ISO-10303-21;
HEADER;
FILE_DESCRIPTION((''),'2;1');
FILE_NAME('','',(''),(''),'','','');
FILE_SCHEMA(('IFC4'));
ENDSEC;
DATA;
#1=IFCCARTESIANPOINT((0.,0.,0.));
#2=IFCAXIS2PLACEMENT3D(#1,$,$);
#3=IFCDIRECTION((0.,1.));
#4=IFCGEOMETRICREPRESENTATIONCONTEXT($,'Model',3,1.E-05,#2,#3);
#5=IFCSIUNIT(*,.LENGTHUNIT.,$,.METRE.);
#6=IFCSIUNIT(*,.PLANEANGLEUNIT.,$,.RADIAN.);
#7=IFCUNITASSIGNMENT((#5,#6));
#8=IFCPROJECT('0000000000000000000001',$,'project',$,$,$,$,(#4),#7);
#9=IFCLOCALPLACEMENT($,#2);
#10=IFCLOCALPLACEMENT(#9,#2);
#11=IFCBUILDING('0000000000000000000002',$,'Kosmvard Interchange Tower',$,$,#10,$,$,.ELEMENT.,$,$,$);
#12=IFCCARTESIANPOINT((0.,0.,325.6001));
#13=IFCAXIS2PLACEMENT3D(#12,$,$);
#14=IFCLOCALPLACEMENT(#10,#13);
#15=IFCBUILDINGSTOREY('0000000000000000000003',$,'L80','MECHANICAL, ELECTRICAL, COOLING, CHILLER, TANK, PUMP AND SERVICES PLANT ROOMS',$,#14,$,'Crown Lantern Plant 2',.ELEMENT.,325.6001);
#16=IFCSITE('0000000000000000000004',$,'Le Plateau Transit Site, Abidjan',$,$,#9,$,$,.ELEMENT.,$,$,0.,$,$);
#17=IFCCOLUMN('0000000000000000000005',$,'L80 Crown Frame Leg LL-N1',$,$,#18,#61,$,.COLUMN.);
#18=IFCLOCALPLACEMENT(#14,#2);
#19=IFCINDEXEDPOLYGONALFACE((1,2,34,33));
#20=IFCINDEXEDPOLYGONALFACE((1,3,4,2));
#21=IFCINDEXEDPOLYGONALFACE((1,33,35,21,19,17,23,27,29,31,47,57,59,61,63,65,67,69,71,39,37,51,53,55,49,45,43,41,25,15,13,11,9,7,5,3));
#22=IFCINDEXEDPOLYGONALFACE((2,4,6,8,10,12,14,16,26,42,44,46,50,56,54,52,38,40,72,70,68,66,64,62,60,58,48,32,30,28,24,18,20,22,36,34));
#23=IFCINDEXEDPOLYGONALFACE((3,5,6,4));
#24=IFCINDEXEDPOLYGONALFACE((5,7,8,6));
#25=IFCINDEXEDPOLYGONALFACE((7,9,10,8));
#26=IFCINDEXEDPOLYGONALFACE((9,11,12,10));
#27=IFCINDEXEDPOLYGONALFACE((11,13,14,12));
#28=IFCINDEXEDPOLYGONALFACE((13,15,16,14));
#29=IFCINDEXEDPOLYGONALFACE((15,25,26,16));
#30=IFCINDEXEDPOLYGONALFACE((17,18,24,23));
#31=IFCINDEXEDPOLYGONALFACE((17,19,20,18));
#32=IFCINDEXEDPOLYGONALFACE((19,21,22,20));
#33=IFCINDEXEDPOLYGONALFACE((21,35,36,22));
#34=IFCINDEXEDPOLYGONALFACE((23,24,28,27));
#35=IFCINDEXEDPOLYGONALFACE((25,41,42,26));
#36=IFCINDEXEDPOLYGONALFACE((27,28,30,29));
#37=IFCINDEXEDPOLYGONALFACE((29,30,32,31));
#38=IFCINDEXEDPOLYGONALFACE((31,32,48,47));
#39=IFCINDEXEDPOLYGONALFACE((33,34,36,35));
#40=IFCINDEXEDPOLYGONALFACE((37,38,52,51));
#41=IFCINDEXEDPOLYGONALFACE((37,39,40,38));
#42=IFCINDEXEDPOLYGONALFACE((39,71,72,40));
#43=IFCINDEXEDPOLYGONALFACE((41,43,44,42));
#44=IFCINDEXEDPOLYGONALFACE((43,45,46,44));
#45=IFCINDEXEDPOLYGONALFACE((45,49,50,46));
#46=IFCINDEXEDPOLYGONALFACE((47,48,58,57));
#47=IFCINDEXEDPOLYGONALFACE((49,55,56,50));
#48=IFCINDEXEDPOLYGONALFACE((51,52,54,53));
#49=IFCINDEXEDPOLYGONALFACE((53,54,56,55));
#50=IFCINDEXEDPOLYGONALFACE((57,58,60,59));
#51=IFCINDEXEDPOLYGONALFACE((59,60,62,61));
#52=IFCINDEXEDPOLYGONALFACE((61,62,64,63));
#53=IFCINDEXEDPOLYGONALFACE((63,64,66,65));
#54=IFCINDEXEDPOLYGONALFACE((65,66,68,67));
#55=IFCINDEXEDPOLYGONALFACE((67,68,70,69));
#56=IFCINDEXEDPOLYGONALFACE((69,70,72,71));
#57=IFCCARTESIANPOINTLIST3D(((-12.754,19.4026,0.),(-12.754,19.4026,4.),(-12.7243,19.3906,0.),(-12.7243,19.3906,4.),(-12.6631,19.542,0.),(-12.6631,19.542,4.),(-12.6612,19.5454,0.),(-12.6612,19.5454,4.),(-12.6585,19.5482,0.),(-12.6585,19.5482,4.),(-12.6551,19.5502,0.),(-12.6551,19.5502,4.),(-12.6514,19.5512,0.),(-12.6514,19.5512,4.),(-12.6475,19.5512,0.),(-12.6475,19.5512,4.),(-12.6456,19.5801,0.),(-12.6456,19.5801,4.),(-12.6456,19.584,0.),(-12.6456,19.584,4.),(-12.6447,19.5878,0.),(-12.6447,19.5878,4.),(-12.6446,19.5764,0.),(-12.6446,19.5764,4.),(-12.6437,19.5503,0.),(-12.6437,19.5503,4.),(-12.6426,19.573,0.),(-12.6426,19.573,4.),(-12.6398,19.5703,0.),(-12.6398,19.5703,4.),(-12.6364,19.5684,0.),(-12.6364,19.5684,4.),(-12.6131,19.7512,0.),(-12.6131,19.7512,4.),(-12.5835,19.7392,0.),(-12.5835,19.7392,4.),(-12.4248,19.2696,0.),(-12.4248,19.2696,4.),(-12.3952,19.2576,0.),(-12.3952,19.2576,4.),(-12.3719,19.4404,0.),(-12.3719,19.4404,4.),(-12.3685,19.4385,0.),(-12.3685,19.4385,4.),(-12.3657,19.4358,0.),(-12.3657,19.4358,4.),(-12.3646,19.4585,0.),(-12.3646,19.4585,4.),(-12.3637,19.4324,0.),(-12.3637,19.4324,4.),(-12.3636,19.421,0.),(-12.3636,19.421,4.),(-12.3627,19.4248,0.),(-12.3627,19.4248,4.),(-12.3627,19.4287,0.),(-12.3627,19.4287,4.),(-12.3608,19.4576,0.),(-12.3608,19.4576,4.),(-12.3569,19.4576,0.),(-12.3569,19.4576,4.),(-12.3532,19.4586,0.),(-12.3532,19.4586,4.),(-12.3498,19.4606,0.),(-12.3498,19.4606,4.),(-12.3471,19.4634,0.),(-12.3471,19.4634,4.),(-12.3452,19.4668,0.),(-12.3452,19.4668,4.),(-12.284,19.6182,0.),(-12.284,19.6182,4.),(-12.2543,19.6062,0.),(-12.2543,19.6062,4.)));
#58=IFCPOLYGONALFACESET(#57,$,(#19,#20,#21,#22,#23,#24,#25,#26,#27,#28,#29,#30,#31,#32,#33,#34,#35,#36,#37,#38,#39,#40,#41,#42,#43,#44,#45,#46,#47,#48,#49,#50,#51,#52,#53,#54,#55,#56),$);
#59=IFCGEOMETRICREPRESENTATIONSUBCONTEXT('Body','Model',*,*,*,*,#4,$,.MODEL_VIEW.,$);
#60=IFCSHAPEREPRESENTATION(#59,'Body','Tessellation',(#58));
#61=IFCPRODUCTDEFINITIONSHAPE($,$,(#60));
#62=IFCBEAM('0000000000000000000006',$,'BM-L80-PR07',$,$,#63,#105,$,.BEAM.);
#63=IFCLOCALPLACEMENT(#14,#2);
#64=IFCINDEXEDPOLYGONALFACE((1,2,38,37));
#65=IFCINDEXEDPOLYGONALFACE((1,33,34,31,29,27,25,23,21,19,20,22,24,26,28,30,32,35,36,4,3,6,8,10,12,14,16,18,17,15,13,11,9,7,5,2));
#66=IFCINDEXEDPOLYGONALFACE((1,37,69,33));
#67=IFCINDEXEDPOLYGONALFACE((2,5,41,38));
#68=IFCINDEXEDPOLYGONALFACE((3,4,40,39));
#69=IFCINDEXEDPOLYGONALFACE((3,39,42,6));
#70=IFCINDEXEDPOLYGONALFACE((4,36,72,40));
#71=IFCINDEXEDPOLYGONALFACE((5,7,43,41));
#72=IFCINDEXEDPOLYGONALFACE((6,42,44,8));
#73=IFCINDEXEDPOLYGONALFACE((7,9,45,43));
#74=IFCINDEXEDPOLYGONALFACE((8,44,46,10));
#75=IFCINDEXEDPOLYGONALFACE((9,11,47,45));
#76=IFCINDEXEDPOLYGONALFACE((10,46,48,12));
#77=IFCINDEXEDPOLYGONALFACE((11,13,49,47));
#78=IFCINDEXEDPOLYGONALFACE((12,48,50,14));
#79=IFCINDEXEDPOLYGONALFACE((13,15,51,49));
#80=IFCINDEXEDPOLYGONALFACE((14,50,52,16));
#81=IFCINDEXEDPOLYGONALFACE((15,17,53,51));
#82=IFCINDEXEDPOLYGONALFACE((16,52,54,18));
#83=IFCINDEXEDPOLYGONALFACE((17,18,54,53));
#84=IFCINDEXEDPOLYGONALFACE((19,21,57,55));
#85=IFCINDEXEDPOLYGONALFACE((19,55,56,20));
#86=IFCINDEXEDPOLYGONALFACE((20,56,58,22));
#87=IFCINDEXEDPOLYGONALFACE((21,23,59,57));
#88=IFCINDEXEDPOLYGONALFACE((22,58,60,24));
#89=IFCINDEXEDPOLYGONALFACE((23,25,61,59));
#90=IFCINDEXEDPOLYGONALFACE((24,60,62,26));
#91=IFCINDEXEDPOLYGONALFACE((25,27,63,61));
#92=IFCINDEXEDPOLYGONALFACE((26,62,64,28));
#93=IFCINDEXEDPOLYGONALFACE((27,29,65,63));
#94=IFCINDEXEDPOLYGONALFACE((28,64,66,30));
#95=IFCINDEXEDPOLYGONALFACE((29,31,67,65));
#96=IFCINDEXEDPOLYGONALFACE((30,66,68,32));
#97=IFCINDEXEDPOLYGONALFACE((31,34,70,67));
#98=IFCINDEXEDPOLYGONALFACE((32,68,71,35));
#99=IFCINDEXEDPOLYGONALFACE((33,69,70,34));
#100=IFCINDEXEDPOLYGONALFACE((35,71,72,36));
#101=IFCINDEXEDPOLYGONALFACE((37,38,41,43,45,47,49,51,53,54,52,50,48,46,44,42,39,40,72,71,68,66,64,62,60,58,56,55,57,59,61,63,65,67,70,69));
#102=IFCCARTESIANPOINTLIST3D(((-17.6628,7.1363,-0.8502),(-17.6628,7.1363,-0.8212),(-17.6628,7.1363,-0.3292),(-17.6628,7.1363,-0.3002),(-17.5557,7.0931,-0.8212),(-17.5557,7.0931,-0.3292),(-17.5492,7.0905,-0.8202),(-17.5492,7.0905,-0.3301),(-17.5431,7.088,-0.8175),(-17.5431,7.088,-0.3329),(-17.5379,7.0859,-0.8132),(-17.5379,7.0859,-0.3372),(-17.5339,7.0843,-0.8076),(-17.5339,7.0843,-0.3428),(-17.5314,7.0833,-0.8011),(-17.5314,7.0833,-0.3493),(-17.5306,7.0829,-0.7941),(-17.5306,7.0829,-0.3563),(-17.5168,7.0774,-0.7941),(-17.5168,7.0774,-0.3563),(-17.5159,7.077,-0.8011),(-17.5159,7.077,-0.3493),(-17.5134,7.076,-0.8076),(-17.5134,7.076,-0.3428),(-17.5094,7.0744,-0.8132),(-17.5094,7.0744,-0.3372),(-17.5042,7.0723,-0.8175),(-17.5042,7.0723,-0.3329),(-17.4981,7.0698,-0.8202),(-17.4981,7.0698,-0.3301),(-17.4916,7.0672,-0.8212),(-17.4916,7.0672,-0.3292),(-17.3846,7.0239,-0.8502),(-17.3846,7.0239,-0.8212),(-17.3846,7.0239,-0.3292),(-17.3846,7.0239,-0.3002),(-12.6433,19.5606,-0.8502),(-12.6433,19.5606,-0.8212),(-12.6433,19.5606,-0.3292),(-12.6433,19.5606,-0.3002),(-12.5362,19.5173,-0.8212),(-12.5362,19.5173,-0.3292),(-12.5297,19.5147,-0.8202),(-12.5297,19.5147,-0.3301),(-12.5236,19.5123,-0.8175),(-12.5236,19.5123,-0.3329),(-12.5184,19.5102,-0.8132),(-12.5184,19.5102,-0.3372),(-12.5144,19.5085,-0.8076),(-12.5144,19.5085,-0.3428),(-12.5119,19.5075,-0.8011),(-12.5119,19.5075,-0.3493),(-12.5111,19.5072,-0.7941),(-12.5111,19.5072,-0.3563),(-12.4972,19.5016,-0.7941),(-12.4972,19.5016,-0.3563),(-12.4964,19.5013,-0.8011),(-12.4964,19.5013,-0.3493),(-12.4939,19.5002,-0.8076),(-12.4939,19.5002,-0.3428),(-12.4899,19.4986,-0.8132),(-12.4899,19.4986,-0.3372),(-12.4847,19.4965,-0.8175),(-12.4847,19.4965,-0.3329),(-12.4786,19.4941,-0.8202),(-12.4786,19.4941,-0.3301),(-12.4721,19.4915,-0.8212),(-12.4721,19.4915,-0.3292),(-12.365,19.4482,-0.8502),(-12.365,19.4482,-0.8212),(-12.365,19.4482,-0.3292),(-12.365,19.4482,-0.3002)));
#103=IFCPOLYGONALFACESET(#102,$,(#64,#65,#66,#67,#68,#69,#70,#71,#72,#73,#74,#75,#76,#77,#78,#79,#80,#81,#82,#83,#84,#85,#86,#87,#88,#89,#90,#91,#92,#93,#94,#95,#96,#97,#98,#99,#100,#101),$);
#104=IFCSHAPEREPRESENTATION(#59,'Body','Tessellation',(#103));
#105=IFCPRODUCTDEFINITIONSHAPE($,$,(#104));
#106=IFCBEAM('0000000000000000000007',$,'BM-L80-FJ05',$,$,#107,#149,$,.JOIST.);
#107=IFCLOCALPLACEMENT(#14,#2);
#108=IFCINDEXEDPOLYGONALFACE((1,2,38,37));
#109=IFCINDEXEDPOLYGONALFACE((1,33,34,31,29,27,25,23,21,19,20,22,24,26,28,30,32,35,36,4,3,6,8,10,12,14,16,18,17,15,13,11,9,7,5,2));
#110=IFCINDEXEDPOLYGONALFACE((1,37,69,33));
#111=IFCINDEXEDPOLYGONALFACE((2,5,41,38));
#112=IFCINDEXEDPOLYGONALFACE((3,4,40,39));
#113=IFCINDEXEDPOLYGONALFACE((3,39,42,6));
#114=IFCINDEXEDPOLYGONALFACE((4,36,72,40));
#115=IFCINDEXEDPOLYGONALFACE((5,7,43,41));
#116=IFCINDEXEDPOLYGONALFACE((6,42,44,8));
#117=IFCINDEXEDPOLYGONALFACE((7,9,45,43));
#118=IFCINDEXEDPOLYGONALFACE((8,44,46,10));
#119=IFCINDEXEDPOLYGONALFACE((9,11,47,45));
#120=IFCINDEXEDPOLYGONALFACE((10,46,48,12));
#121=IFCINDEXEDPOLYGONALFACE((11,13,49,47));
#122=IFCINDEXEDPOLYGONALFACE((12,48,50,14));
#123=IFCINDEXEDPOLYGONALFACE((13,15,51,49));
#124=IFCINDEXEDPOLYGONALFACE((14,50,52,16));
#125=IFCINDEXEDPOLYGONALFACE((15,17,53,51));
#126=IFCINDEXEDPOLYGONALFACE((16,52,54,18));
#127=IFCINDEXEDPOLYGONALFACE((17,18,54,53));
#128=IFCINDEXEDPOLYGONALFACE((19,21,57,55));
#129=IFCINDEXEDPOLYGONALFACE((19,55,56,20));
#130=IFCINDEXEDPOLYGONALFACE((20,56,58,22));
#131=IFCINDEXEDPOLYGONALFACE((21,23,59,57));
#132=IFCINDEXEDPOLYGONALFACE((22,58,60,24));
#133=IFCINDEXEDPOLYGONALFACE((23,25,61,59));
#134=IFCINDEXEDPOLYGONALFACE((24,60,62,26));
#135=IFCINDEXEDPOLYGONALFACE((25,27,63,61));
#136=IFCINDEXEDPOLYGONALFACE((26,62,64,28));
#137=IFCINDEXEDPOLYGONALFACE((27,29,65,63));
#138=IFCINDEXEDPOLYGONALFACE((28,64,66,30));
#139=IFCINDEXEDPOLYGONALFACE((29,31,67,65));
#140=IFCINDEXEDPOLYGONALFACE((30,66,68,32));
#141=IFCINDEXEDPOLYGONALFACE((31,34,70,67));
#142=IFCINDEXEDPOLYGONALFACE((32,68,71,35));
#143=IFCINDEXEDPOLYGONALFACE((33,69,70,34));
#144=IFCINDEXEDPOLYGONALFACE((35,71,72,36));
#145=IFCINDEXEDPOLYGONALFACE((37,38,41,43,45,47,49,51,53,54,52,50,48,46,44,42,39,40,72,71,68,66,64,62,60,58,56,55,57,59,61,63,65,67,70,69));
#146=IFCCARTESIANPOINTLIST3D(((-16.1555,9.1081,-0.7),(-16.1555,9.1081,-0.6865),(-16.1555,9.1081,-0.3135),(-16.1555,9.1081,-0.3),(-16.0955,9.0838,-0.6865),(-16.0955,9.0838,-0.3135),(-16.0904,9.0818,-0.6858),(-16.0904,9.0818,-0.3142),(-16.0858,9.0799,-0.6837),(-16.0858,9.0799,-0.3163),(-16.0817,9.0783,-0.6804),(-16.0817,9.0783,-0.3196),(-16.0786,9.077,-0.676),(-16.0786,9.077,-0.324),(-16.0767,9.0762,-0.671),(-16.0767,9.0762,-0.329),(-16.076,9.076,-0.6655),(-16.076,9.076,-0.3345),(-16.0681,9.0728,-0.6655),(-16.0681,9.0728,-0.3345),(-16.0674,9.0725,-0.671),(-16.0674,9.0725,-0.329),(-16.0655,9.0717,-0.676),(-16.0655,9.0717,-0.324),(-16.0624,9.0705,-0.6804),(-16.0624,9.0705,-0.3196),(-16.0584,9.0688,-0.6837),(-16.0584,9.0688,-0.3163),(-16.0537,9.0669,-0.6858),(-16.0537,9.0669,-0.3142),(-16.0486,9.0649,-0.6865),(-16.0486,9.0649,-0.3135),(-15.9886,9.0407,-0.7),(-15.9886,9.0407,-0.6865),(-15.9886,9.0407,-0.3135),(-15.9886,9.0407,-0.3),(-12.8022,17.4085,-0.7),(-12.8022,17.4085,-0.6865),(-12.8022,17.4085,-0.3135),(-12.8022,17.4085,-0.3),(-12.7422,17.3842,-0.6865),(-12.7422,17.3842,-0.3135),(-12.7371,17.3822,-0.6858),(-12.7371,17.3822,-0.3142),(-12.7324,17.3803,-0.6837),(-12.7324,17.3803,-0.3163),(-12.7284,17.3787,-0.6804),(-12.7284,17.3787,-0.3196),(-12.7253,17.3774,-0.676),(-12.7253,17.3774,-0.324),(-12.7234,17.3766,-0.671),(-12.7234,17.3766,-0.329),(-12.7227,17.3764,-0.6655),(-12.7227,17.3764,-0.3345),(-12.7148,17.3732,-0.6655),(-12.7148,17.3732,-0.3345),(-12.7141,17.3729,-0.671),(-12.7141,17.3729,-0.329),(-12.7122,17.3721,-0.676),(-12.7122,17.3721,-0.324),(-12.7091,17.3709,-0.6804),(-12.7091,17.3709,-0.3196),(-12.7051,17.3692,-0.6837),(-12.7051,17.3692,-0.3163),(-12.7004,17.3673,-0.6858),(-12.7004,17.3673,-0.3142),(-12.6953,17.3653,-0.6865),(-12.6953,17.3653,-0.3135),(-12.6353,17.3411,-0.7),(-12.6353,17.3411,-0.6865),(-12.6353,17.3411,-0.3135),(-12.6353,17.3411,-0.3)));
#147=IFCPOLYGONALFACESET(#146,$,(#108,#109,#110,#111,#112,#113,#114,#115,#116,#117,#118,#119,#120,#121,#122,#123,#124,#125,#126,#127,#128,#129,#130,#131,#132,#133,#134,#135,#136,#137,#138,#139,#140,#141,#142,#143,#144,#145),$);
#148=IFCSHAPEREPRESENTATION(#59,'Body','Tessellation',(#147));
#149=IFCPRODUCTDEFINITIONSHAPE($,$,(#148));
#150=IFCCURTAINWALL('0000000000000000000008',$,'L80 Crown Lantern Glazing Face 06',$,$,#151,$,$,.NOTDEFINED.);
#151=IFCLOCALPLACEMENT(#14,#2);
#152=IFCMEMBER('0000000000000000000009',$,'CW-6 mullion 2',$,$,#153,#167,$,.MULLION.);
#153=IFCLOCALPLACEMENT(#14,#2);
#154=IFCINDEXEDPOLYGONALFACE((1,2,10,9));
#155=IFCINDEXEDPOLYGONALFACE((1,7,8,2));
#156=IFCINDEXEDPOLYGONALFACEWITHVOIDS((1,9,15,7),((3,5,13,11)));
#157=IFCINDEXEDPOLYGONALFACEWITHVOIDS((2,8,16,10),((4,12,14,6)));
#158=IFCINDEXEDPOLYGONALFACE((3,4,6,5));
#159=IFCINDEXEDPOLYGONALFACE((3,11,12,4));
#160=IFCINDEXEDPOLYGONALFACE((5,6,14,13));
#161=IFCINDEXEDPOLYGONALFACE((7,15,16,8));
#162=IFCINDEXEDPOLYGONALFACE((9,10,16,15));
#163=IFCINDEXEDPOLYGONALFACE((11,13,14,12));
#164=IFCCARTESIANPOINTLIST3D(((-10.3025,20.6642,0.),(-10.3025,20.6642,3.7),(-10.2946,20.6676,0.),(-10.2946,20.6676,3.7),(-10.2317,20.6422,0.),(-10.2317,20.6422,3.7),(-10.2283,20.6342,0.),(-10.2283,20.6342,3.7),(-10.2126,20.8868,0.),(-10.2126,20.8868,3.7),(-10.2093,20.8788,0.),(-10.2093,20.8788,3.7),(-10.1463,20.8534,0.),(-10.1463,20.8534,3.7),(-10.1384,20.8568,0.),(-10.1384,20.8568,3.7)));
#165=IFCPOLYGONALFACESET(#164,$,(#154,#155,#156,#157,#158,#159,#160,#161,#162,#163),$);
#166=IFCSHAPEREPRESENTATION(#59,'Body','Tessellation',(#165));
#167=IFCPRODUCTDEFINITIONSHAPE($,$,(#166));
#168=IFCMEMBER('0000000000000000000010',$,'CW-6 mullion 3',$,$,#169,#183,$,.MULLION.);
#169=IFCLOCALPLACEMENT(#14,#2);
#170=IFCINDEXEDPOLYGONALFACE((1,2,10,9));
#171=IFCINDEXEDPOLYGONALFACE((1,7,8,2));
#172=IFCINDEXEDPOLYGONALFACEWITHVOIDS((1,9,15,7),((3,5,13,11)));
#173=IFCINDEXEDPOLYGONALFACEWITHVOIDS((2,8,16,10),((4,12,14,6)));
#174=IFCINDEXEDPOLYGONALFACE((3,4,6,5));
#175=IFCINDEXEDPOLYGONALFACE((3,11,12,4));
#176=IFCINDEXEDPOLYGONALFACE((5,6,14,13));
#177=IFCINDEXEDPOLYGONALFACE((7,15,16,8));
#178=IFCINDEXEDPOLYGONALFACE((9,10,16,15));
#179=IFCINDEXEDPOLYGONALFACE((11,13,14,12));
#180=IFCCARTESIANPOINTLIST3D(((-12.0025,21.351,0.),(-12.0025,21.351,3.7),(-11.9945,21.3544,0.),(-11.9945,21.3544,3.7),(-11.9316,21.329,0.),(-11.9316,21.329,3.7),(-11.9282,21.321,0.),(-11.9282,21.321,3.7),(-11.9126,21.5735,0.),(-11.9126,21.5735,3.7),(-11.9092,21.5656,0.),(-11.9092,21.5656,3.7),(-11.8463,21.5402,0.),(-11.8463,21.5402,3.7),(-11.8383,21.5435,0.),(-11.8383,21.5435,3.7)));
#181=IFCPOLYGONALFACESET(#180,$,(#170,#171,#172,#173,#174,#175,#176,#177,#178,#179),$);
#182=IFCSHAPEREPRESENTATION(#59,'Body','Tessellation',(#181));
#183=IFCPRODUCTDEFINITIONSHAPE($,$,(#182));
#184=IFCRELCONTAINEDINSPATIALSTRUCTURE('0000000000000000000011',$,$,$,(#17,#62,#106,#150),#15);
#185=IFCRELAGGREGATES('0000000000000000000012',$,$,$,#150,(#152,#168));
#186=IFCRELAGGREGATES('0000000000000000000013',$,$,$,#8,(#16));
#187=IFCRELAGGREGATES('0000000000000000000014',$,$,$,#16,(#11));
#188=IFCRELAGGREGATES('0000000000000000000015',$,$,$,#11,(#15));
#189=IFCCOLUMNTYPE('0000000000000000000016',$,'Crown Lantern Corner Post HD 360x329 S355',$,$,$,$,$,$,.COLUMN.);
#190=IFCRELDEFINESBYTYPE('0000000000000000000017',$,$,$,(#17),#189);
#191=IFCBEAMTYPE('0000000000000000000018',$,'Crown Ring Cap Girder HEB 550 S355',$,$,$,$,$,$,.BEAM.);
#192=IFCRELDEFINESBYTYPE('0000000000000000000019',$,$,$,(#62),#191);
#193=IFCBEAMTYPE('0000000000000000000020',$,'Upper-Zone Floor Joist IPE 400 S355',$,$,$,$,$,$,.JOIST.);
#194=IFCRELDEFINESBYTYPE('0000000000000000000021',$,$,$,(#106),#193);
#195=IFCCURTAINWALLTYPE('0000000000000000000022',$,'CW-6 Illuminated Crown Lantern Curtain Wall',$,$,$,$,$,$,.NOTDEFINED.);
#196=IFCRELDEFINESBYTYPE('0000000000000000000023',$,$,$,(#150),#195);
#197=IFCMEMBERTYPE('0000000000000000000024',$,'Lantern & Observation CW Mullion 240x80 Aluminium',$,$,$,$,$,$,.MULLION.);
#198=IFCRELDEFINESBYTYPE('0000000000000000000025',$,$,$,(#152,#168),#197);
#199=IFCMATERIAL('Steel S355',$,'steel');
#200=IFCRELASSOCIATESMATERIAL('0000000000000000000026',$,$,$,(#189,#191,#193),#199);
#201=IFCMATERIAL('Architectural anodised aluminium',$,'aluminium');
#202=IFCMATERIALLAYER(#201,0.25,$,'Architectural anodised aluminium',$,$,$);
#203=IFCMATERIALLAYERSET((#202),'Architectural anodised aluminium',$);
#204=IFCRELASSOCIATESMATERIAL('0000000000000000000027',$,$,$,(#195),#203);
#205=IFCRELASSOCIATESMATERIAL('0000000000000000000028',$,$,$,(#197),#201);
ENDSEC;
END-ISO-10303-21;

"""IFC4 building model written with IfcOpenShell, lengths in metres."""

from ifc_helpers import new_model, si_unit, direction, frame, origin, origin_2d, place, context, subcontext, project, spatial, hollow_rectangle, i_section, extrude, source, transform, mapped, material, layer, layer_set, material_profile, profile_set, type_object, element, aggregate, save


model = new_model("IFC4")

# Units and contexts
model_context = context("Model", 3, precision=1e-05, world=origin(), true_north=direction((0.0, 1.0)))
body_context = subcontext(model_context, "Body", "Model", "MODEL_VIEW")
ifc_project = project(units=[si_unit("LENGTHUNIT", "METRE"), si_unit("PLANEANGLEUNIT", "RADIAN")], contexts=[model_context])

# Site, building, storey
site_placement = place(None, origin())
site = spatial("IfcSite", under=ifc_project, at=site_placement, Name="Le Plateau Transit Site, Abidjan", CompositionType="ELEMENT", RefElevation=0.0)
building_placement = place(site_placement, origin())
building = spatial("IfcBuilding", under=site, at=building_placement, Name="Kosmvard Interchange Tower", CompositionType="ELEMENT")
storey_placement = place(building_placement, frame((0.0, 0.0, 325.6001)))
storey = spatial("IfcBuildingStorey", under=building, at=storey_placement, Name="L80", Description="MECHANICAL, ELECTRICAL, COOLING, CHILLER, TANK, PUMP AND SERVICES PLANT ROOMS", LongName="Crown Lantern Plant 2", CompositionType="ELEMENT", Elevation=325.6001)

# Column
ifc_material_1 = material(Name="Steel S355", Category="steel")
ifc_material_profile_1 = material_profile(ifc_material_1, i_section(OverallWidth=0.376, OverallDepth=0.387, WebThickness=0.0195, FlangeThickness=0.032, FilletRadius=0.0149, at=origin_2d()), Name="HD 360x329")
ifc_profile_set_1 = profile_set([ifc_material_profile_1], Name="Steel S355")
column_type = type_object("IfcColumnType", Name="Crown Lantern Corner Post HD 360x329 S355", PredefinedType="COLUMN", material=ifc_profile_set_1)
shared_shape_1 = source(origin(), body_context, "Body", "SweptSolid", [
    extrude(i_section(OverallWidth=0.376, OverallDepth=0.387, WebThickness=0.0195, FlangeThickness=0.032, FilletRadius=0.0149, at=origin_2d()), origin(), (0.0, 0.0, 1.0), 4.0),
])
column_placement = place(storey_placement, frame((-12.5042, 19.5044, 0.0), z_axis=(0.0, 0.0, 1.0), x_axis=(0.374607, 0.927184, 0.0)))
element("IfcColumn", 1, at=column_placement, inside=storey, type_object=column_type, Name="L80 Crown Frame Leg LL-N1", PredefinedType="COLUMN", context=body_context, shape_type="MappedRepresentation", body=[
    mapped(shared_shape_1, transform((0.0, 0.0, 0.0), scale=1.0)),
])

# Beams
ifc_material_profile_2 = material_profile(ifc_material_1, i_section(OverallWidth=0.3, OverallDepth=0.55, WebThickness=0.0149, FlangeThickness=0.0291, FilletRadius=0.0271, at=origin_2d()), Name="HEB 550")
ifc_profile_set_2 = profile_set([ifc_material_profile_2], Name="Steel S355")
beam_type_1 = type_object("IfcBeamType", Name="Crown Ring Cap Girder HEB 550 S355", PredefinedType="BEAM", material=ifc_profile_set_2)
shared_shape_2 = source(origin(), body_context, "Body", "SweptSolid", [
    extrude(i_section(OverallWidth=0.3, OverallDepth=0.55, WebThickness=0.0149, FlangeThickness=0.0291, FilletRadius=0.0271, at=origin_2d()), origin(), (0.0, 0.0, 1.0), 13.3999),
])
beam_1_placement = place(storey_placement, frame((-12.5042, 19.5044, -0.5752), z_axis=(-0.374593, -0.92719, 0.0), x_axis=(0.92719, -0.374593, 0.0)))
element("IfcBeam", 2, at=beam_1_placement, inside=storey, type_object=beam_type_1, Name="BM-L80-PR07", PredefinedType="BEAM", context=body_context, shape_type="MappedRepresentation", body=[
    mapped(shared_shape_2, transform((0.0, 0.0, 0.0), scale=1.0)),
])
ifc_material_profile_3 = material_profile(ifc_material_1, i_section(OverallWidth=0.1799, OverallDepth=0.3999, WebThickness=0.0085, FlangeThickness=0.0134, FilletRadius=0.021, at=origin_2d()), Name="IPE 400")
ifc_profile_set_3 = profile_set([ifc_material_profile_3], Name="Steel S355")
beam_type_2 = type_object("IfcBeamType", Name="Upper-Zone Floor Joist IPE 400 S355", PredefinedType="JOIST", material=ifc_profile_set_3)
shared_shape_3 = source(origin(), body_context, "Body", "SweptSolid", [
    extrude(i_section(OverallWidth=0.1799, OverallDepth=0.3999, WebThickness=0.0085, FlangeThickness=0.0134, FilletRadius=0.021, at=origin_2d()), origin(), (0.0, 0.0, 1.0), 8.9521),
])
beam_2_placement = place(storey_placement, frame((-12.7188, 17.3748, -0.5), z_axis=(-0.374581, -0.927194, 0.0), x_axis=(0.927194, -0.374581, 0.0)))
element("IfcBeam", 3, at=beam_2_placement, inside=storey, type_object=beam_type_2, Name="BM-L80-FJ05", PredefinedType="JOIST", context=body_context, shape_type="MappedRepresentation", body=[
    mapped(shared_shape_3, transform((0.0, 0.0, 0.0), scale=1.0)),
])

# Curtain wall, members
ifc_material_2 = material(Name="Architectural anodised aluminium", Category="aluminium")
ifc_layer_1 = layer(ifc_material_2, 0.25, Name="Architectural anodised aluminium")
ifc_layer_set_1 = layer_set([ifc_layer_1], Name="Architectural anodised aluminium")
curtain_wall_type = type_object("IfcCurtainWallType", Name="CW-6 Illuminated Crown Lantern Curtain Wall", PredefinedType="NOTDEFINED", material=ifc_layer_set_1)
curtain_wall_placement = place(storey_placement, origin())
curtain_wall = element("IfcCurtainWall", 4, at=curtain_wall_placement, inside=storey, type_object=curtain_wall_type, Name="L80 Crown Lantern Glazing Face 06", PredefinedType="NOTDEFINED")
ifc_material_profile_4 = material_profile(ifc_material_2, hollow_rectangle(XDim=0.24, YDim=0.0801, WallThickness=0.0061, at=origin_2d()), Name="CWM 240x80x6")
ifc_profile_set_4 = profile_set([ifc_material_profile_4], Name="Architectural anodised aluminium")
member_type_1 = type_object("IfcMemberType", Name="Lantern & Observation CW Mullion 240x80 Aluminium", PredefinedType="MULLION", material=ifc_profile_set_4)
shared_shape_4 = source(origin(), body_context, "Body", "SweptSolid", [
    extrude(hollow_rectangle(XDim=0.24, YDim=0.0801, WallThickness=0.0061, at=origin_2d()), origin(), (0.0, 0.0, 1.0), 3.7),
])
member_1_placement = place(storey_placement, frame((-10.2205, 20.7605, 0.0), z_axis=(0.0, 0.0, 1.0), x_axis=(-0.374607, -0.927184, 0.0)))
member_1 = element("IfcMember", 5, at=member_1_placement, type_object=member_type_1, Name="CW-6 mullion 2", PredefinedType="MULLION", context=body_context, shape_type="MappedRepresentation", body=[
    mapped(shared_shape_4, transform((0.0, 0.0, 0.0), scale=1.0)),
])
member_2_placement = place(storey_placement, frame((-11.9204, 21.4473, 0.0), z_axis=(0.0, 0.0, 1.0), x_axis=(-0.374607, -0.927184, 0.0)))
member_2 = element("IfcMember", 6, at=member_2_placement, type_object=member_type_1, Name="CW-6 mullion 3", PredefinedType="MULLION", context=body_context, shape_type="MappedRepresentation", body=[
    mapped(shared_shape_4, transform((0.0, 0.0, 0.0), scale=1.0)),
])

aggregate(curtain_wall, [member_1, member_2])

save(model, "model.ifc")
